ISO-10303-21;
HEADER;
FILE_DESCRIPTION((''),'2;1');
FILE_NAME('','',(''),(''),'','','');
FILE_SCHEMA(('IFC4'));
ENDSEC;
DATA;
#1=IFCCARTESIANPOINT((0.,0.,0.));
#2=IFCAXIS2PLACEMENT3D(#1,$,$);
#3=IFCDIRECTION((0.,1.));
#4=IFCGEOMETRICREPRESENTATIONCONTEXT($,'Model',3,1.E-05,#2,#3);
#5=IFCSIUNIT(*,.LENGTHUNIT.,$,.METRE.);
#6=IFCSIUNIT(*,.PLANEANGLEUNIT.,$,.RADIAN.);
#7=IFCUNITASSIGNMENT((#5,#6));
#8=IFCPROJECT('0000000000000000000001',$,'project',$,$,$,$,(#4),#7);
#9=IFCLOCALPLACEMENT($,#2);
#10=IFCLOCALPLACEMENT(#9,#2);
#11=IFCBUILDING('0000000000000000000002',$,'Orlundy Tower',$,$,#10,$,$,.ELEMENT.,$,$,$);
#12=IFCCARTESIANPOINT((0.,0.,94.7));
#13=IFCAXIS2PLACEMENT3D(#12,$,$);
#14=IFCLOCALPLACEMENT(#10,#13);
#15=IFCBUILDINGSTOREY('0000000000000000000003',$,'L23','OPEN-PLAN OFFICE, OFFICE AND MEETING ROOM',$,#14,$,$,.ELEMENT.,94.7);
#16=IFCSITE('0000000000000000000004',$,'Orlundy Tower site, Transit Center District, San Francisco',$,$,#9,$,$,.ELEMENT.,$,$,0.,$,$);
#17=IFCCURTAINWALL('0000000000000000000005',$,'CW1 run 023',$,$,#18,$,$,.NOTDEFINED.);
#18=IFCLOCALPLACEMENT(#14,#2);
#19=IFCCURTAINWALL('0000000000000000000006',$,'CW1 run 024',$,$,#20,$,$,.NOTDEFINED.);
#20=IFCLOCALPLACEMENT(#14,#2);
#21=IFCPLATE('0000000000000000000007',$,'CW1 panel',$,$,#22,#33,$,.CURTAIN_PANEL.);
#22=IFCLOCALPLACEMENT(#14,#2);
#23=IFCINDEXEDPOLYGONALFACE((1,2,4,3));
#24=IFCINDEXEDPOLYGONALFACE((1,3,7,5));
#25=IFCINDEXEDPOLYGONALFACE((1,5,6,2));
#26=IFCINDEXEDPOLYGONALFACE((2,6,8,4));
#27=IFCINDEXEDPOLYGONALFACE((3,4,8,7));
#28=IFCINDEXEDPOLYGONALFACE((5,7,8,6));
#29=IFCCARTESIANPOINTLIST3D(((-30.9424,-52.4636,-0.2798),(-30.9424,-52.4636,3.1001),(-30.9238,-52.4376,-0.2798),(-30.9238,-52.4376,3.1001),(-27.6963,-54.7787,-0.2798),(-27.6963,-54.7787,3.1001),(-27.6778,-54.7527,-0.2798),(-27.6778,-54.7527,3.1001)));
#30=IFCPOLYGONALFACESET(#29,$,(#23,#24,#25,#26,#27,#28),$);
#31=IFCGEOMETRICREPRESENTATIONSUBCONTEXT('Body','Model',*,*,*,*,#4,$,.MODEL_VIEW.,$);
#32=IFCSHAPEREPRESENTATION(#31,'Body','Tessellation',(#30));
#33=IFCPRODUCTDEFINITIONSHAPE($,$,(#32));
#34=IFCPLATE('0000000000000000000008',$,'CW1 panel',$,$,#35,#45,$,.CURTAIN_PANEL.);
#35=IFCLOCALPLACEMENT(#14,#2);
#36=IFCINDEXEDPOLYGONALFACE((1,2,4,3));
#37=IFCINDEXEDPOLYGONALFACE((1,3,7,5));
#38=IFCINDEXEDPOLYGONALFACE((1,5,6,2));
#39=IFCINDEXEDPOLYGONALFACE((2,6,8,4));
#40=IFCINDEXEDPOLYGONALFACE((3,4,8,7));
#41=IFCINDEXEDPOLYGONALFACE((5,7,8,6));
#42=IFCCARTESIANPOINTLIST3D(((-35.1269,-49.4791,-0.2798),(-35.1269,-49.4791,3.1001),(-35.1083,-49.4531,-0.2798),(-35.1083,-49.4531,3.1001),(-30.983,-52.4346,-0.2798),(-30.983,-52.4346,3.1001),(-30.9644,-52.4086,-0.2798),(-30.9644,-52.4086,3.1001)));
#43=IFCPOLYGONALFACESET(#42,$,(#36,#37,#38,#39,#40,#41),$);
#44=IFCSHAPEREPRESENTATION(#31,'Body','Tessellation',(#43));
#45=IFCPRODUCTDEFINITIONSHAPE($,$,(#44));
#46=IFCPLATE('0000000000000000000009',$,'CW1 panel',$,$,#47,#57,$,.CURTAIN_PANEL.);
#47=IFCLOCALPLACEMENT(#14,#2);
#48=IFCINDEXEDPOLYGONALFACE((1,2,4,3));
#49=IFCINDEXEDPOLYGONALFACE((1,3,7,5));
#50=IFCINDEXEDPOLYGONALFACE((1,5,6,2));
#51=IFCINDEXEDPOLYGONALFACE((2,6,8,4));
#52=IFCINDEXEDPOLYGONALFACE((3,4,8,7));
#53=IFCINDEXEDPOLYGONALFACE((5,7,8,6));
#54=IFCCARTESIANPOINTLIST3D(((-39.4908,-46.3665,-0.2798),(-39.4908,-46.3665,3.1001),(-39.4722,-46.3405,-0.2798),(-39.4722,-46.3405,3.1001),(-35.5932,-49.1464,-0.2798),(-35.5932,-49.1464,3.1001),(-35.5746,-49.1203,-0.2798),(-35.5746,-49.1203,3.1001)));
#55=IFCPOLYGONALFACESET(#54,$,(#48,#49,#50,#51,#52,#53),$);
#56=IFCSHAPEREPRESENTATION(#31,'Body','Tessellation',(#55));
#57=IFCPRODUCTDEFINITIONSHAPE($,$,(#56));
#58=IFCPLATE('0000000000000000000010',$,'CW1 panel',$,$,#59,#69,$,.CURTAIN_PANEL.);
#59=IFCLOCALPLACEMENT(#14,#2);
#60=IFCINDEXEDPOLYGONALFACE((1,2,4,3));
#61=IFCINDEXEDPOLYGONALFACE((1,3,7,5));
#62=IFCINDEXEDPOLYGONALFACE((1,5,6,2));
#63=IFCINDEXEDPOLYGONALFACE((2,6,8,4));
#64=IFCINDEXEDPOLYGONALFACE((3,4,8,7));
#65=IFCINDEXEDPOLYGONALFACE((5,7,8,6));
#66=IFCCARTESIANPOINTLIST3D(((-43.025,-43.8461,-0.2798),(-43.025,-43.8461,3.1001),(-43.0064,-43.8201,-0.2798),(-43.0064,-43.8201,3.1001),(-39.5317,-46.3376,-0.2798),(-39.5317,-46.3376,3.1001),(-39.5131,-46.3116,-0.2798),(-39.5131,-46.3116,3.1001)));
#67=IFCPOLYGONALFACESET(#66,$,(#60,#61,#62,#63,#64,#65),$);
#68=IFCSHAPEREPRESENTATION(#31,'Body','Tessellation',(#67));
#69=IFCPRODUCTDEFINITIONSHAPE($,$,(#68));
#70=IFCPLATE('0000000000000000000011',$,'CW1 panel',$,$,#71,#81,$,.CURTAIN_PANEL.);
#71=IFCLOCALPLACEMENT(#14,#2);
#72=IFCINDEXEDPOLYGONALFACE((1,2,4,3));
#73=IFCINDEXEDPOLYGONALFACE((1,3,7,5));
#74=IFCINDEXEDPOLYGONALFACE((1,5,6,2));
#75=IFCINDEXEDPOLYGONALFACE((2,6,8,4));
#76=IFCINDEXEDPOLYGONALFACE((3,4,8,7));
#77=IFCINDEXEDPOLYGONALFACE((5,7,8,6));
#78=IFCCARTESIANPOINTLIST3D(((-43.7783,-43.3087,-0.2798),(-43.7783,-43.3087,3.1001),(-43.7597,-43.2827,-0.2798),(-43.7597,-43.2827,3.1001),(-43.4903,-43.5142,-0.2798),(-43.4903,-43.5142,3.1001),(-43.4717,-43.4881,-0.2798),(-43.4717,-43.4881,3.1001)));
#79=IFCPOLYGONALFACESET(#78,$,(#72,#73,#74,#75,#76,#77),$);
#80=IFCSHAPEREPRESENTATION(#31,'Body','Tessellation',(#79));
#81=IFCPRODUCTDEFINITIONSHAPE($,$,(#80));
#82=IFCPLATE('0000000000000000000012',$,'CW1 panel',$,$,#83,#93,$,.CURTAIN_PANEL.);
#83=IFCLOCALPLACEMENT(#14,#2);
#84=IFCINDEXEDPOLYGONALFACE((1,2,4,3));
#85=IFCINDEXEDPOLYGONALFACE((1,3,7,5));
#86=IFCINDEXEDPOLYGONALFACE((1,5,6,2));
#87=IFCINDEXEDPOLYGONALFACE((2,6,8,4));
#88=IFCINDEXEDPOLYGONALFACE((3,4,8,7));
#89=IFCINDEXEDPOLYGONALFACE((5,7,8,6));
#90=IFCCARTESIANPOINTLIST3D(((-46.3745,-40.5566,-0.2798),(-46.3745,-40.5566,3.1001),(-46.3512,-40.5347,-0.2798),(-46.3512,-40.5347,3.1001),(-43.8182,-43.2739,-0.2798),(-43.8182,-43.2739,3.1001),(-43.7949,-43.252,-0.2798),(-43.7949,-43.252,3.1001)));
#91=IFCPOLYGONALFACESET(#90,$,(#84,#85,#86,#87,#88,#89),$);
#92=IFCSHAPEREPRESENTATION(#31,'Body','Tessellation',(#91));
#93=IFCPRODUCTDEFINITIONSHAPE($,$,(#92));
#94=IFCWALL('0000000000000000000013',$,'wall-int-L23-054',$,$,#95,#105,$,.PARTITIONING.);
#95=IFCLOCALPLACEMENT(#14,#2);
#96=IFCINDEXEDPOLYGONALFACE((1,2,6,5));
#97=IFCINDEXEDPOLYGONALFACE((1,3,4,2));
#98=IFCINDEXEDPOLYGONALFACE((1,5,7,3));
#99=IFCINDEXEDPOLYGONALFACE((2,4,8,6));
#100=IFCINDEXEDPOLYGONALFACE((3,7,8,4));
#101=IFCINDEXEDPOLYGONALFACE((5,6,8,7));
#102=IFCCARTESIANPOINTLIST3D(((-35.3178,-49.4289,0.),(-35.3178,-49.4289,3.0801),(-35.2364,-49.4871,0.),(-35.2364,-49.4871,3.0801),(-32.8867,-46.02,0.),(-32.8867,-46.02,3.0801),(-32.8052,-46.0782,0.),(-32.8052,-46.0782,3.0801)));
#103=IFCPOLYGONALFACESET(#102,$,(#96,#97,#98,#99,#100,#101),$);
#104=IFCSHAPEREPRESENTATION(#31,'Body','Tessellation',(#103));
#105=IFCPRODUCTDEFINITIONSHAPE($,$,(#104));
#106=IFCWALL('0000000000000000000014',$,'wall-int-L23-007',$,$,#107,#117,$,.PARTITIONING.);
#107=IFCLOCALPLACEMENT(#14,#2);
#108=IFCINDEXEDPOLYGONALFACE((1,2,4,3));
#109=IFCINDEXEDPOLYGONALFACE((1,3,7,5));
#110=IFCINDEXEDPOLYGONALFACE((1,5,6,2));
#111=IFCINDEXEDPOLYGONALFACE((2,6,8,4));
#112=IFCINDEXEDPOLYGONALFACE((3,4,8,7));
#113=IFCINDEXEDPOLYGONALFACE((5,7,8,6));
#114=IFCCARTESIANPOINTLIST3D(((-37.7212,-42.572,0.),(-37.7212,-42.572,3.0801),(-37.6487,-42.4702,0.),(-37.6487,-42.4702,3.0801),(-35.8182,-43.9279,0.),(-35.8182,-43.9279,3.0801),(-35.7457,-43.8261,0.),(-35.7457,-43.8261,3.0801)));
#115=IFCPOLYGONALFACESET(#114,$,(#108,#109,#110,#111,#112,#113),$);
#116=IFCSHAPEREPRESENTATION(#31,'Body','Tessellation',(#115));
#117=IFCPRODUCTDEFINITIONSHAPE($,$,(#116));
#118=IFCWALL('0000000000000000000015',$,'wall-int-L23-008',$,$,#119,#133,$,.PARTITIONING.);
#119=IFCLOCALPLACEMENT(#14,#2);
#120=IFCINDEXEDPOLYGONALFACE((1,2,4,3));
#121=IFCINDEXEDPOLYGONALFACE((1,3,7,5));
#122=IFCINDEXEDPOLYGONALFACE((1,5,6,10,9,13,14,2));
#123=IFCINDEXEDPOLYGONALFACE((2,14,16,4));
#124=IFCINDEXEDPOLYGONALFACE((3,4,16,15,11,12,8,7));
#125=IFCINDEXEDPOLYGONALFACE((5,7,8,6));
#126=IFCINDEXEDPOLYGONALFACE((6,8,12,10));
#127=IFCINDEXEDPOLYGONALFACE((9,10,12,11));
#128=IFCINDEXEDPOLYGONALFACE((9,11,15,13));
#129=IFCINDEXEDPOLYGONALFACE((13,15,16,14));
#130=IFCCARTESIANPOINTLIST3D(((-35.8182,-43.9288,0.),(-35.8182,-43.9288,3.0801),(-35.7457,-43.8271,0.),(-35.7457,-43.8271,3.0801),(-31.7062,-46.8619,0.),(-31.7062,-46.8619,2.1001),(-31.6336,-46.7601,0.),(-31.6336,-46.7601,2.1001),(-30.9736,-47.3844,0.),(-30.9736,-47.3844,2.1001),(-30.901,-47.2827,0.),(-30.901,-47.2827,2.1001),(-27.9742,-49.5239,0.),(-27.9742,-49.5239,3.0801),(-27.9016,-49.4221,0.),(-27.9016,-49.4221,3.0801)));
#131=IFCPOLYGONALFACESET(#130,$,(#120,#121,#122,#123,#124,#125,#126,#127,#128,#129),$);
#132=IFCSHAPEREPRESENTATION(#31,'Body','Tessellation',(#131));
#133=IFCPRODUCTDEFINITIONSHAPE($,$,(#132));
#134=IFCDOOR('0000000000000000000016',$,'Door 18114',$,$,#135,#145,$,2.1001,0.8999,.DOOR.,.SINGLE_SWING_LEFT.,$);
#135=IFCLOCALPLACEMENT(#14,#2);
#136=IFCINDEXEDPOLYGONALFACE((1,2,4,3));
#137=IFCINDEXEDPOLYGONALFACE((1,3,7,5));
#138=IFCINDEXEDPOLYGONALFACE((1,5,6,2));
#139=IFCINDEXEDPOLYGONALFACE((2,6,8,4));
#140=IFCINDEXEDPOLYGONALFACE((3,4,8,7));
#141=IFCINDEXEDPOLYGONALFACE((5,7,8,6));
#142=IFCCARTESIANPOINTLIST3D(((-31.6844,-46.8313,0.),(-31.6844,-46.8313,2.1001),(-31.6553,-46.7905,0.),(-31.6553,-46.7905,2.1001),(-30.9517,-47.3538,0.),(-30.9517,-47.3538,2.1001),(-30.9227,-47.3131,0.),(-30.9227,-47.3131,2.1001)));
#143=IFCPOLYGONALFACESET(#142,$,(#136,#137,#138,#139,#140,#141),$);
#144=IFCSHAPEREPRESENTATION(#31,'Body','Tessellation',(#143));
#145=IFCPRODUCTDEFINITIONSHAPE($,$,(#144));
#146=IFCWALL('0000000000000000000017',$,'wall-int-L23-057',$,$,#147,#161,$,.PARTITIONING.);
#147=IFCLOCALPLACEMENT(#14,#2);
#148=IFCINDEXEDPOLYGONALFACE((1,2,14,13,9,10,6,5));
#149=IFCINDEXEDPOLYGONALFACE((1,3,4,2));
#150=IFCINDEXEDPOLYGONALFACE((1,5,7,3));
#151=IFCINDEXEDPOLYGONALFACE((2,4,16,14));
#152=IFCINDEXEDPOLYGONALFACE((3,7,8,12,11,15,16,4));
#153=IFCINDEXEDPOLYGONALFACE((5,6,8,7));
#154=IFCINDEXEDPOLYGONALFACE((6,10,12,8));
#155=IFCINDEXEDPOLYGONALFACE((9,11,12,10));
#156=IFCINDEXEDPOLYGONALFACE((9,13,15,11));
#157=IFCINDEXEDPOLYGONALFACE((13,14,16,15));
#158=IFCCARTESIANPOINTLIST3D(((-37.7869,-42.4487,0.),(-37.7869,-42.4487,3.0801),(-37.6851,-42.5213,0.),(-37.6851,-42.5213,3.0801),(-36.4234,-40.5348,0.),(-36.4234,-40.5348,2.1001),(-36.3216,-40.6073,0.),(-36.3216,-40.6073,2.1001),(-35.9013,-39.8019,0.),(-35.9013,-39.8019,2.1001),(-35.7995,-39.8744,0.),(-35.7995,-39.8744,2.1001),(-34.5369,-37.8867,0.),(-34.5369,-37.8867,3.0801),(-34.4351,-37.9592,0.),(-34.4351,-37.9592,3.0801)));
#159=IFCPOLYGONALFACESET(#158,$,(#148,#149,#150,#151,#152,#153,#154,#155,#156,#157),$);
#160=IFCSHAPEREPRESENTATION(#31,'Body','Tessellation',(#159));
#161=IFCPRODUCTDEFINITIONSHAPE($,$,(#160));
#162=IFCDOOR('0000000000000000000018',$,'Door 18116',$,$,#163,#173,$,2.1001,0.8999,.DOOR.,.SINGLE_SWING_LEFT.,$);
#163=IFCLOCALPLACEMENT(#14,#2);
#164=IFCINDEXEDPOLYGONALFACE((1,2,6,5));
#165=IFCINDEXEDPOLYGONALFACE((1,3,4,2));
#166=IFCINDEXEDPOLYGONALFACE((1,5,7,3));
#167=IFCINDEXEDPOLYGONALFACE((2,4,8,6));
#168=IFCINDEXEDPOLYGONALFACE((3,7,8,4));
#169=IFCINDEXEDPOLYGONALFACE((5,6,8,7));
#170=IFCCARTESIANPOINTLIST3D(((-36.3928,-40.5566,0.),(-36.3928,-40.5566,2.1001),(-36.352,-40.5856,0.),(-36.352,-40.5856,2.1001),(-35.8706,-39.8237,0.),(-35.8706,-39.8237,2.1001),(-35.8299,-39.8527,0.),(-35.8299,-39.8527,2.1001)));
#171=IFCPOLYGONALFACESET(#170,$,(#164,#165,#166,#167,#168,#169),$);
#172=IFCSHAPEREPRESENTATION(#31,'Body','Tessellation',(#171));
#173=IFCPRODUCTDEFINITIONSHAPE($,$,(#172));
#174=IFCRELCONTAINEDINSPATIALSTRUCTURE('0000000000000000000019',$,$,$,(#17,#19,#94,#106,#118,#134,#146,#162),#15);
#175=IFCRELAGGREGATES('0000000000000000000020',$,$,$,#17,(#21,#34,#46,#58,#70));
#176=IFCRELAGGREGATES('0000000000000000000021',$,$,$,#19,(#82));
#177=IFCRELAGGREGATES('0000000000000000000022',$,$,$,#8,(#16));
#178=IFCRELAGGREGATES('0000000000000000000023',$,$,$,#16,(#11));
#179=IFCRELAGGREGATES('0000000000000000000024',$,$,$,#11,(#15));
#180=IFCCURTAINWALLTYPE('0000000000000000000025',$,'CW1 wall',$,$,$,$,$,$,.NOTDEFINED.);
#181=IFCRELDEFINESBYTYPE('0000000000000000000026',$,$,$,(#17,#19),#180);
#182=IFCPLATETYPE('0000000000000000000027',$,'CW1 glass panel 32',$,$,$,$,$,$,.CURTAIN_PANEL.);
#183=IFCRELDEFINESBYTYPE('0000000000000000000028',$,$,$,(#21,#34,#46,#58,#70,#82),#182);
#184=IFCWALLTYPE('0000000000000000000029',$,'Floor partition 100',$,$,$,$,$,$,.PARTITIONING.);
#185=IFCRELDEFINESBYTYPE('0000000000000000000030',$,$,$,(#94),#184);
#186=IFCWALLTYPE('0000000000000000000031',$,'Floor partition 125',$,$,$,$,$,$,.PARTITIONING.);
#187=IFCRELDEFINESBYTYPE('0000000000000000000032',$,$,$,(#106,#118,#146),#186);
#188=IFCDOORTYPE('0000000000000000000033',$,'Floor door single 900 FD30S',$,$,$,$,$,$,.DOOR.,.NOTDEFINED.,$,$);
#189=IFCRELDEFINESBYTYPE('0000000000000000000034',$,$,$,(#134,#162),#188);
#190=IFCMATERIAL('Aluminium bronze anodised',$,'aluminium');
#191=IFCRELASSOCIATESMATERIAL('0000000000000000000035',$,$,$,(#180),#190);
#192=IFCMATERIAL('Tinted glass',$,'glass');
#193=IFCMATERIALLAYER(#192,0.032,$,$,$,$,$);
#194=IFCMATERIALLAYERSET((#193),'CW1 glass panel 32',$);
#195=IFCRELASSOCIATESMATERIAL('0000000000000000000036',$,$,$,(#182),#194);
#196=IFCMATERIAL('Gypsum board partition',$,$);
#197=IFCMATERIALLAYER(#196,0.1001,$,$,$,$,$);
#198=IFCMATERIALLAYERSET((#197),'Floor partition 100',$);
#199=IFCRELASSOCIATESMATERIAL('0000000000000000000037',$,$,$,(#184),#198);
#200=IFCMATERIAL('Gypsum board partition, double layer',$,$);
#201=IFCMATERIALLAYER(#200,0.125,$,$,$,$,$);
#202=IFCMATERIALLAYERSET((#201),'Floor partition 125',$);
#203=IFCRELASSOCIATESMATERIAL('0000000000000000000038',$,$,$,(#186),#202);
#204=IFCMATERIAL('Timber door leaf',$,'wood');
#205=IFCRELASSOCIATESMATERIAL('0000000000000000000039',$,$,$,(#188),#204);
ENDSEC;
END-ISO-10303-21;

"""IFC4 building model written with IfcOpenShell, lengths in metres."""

from ifc_helpers import new_model, si_unit, direction, frame, frame_2d, origin, origin_2d, place, context, subcontext, project, spatial, rectangle, extrude, material, layer, layer_set, type_object, element, fill, aggregate, save


model = new_model("IFC4")

# Units and contexts
model_context = context("Model", 3, precision=1e-05, world=origin(), true_north=direction((0.0, 1.0)))
body_context = subcontext(model_context, "Body", "Model", "MODEL_VIEW")
ifc_project = project(units=[si_unit("LENGTHUNIT", "METRE"), si_unit("PLANEANGLEUNIT", "RADIAN")], contexts=[model_context])

# Site, building, storey
site_placement = place(None, origin())
site = spatial("IfcSite", under=ifc_project, at=site_placement, Name="Orlundy Tower site, Transit Center District, San Francisco", CompositionType="ELEMENT", RefElevation=0.0)
building_placement = place(site_placement, origin())
building = spatial("IfcBuilding", under=site, at=building_placement, Name="Orlundy Tower", CompositionType="ELEMENT")
storey_placement = place(building_placement, frame((0.0, 0.0, 94.7)))
storey = spatial("IfcBuildingStorey", under=building, at=storey_placement, Name="L23", Description="OPEN-PLAN OFFICE, OFFICE AND MEETING ROOM", CompositionType="ELEMENT", Elevation=94.7)

# Shared definitions
ifc_material_1 = material(Name="Aluminium bronze anodised", Category="aluminium")
curtain_wall_type = type_object("IfcCurtainWallType", Name="CW1 wall", PredefinedType="NOTDEFINED", material=ifc_material_1)

# Curtain wall
curtain_wall_1_placement = place(storey_placement, origin())
curtain_wall_1 = element("IfcCurtainWall", 1, at=curtain_wall_1_placement, inside=storey, type_object=curtain_wall_type, Name="CW1 run 023", PredefinedType="NOTDEFINED")

# Curtain wall
curtain_wall_2_placement = place(storey_placement, origin())
curtain_wall_2 = element("IfcCurtainWall", 2, at=curtain_wall_2_placement, inside=storey, type_object=curtain_wall_type, Name="CW1 run 024", PredefinedType="NOTDEFINED")

# Plates
ifc_material_2 = material(Name="Tinted glass", Category="glass")
ifc_layer_1 = layer(ifc_material_2, 0.032)
ifc_layer_set_1 = layer_set([ifc_layer_1], Name="CW1 glass panel 32")
plate_type = type_object("IfcPlateType", Name="CW1 glass panel 32", PredefinedType="CURTAIN_PANEL", material=ifc_layer_set_1)
plate_1_placement = place(storey_placement, frame((-29.3101, -53.6082, -0.2798), z_axis=(0.0, 0.0, 1.0), x_axis=(-0.814142, 0.580666, 0.0)))
plate_1 = element("IfcPlate", 3, at=plate_1_placement, type_object=plate_type, Name="CW1 panel", PredefinedType="CURTAIN_PANEL", context=body_context, shape_type="SweptSolid", body=[
    extrude(rectangle(XDim=3.9871, YDim=0.032, at=origin_2d()), origin(), (0.0, 0.0, 1.0), 3.3799),
])
plate_2_placement = place(storey_placement, frame((-33.0457, -50.9438, -0.2798), z_axis=(0.0, 0.0, 1.0), x_axis=(-0.814142, 0.580666, 0.0)))
plate_2 = element("IfcPlate", 4, at=plate_2_placement, type_object=plate_type, Name="CW1 panel", PredefinedType="CURTAIN_PANEL", context=body_context, shape_type="SweptSolid", body=[
    extrude(rectangle(XDim=5.0898, YDim=0.032, at=origin_2d()), origin(), (0.0, 0.0, 1.0), 3.3799),
])
plate_3_placement = place(storey_placement, frame((-37.5327, -47.7434, -0.2798), z_axis=(0.0, 0.0, 1.0), x_axis=(-0.814142, 0.580666, 0.0)))
plate_3 = element("IfcPlate", 5, at=plate_3_placement, type_object=plate_type, Name="CW1 panel", PredefinedType="CURTAIN_PANEL", context=body_context, shape_type="SweptSolid", body=[
    extrude(rectangle(XDim=4.7874, YDim=0.032, at=origin_2d()), origin(), (0.0, 0.0, 1.0), 3.3799),
])
plate_4_placement = place(storey_placement, frame((-41.269, -45.0789, -0.2798), z_axis=(0.0, 0.0, 1.0), x_axis=(-0.814142, 0.580666, 0.0)))
plate_4 = element("IfcPlate", 6, at=plate_4_placement, type_object=plate_type, Name="CW1 panel", PredefinedType="CURTAIN_PANEL", context=body_context, shape_type="SweptSolid", body=[
    extrude(rectangle(XDim=4.2908, YDim=0.032, at=origin_2d()), origin(), (0.0, 0.0, 1.0), 3.3799),
])
plate_5_placement = place(storey_placement, frame((-43.625, -43.3984, -0.2798), z_axis=(0.0, 0.0, 1.0), x_axis=(-0.814142, 0.580666, 0.0)))
plate_5 = element("IfcPlate", 7, at=plate_5_placement, type_object=plate_type, Name="CW1 panel", PredefinedType="CURTAIN_PANEL", context=body_context, shape_type="SweptSolid", body=[
    extrude(rectangle(XDim=0.3538, YDim=0.032, at=origin_2d()), origin(), (0.0, 0.0, 1.0), 3.3799),
])
aggregate(curtain_wall_1, [plate_1, plate_2, plate_3, plate_4, plate_5])
plate_6_placement = place(storey_placement, frame((-45.0847, -41.9043, -0.2798), z_axis=(0.0, 0.0, 1.0), x_axis=(-0.685196, 0.728358, 0.0)))
plate_6 = element("IfcPlate", 8, at=plate_6_placement, type_object=plate_type, Name="CW1 panel", PredefinedType="CURTAIN_PANEL", context=body_context, shape_type="SweptSolid", body=[
    extrude(rectangle(XDim=3.7307, YDim=0.032, at=origin_2d()), origin(), (0.0, 0.0, 1.0), 3.3799),
])
aggregate(curtain_wall_2, [plate_6])

# Walls
ifc_material_3 = material(Name="Gypsum board partition")
ifc_layer_2 = layer(ifc_material_3, 0.1001)
ifc_layer_set_2 = layer_set([ifc_layer_2], Name="Floor partition 100")
wall_type_1 = type_object("IfcWallType", Name="Floor partition 100", PredefinedType="PARTITIONING", material=ifc_layer_set_2)
wall_1_placement = place(storey_placement, frame((-35.2771, -49.458, 0.0), z_axis=(0.0, 0.0, 1.0), x_axis=(0.580637, 0.814163, 0.0)))
element("IfcWall", 9, at=wall_1_placement, inside=storey, type_object=wall_type_1, Name="wall-int-L23-054", PredefinedType="PARTITIONING", context=body_context, shape_type="SweptSolid", body=[
    extrude(rectangle(XDim=4.187, YDim=0.1001, at=frame_2d((2.0935, 0.0))), origin(), (0.0, 0.0, 1.0), 3.0801),
])
ifc_material_4 = material(Name="Gypsum board partition, double layer")
ifc_layer_3 = layer(ifc_material_4, 0.125)
ifc_layer_set_3 = layer_set([ifc_layer_3], Name="Floor partition 125")
wall_type_2 = type_object("IfcWallType", Name="Floor partition 125", PredefinedType="PARTITIONING", material=ifc_layer_set_3)
wall_2_placement = place(storey_placement, frame((-37.6851, -42.521, 0.0), z_axis=(0.0, 0.0, 1.0), x_axis=(0.814418, -0.580279, 0.0)))
element("IfcWall", 10, at=wall_2_placement, inside=storey, type_object=wall_type_2, Name="wall-int-L23-007", PredefinedType="PARTITIONING", context=body_context, shape_type="SweptSolid", body=[
    extrude(rectangle(XDim=2.3367, YDim=0.125, at=frame_2d((1.1685, 0.0))), origin(), (0.0, 0.0, 1.0), 3.0801),
])

# Walls, openings, doors
wall_3_placement = place(storey_placement, frame((-27.938, -49.4729, 0.0), z_axis=(0.0, 0.0, 1.0), x_axis=(-0.81412, 0.580696, 0.0)))
wall_3 = element("IfcWall", 11, at=wall_3_placement, inside=storey, type_object=wall_type_2, Name="wall-int-L23-008", PredefinedType="PARTITIONING", context=body_context, shape_type="SweptSolid", body=[
    extrude(rectangle(XDim=9.635, YDim=0.125, at=frame_2d((4.8174, 0.0))), origin(), (0.0, 0.0, 1.0), 3.0801),
])
opening_1_placement = place(wall_3_placement, frame((3.6841, 0.0, 0.0)))
opening_1 = element("IfcOpeningElement", 12, at=opening_1_placement, cuts=wall_3, PredefinedType="OPENING", context=body_context, shape_type="SweptSolid", body=[
    extrude(rectangle(XDim=0.8999, YDim=2.1001, at=frame_2d((0.45, 1.05))), frame((0.0, 0.0725, 0.0), z_axis=(0.0, -1.0, 0.0), x_axis=(1.0, 0.0, 0.0)), (0.0, 0.0, 1.0), 0.145),
])
ifc_material_5 = material(Name="Timber door leaf", Category="wood")
door_type_1 = type_object("IfcDoorType", Name="Floor door single 900 FD30S", OperationType="NOTDEFINED", PredefinedType="DOOR", material=ifc_material_5)
door_1_placement = place(opening_1_placement, origin())
door_1 = element("IfcDoor", 13, at=door_1_placement, inside=storey, type_object=door_type_1, Name="Door 18114", OperationType="SINGLE_SWING_LEFT", OverallHeight=2.1001, OverallWidth=0.8999, PredefinedType="DOOR", context=body_context, shape_type="SweptSolid", body=[
    extrude(rectangle(XDim=0.8999, YDim=2.1001, at=frame_2d((0.45, 1.05))), frame((0.0, 0.0249, 0.0), z_axis=(0.0, -1.0, 0.0), x_axis=(1.0, 0.0, 0.0)), (0.0, 0.0, 1.0), 0.05),
])
fill(opening_1, door_1)
wall_4_placement = place(storey_placement, frame((-37.7361, -42.4851, 0.0), z_axis=(0.0, 0.0, 1.0), x_axis=(0.580223, 0.814457, 0.0)))
wall_4 = element("IfcWall", 14, at=wall_4_placement, inside=storey, type_object=wall_type_2, Name="wall-int-L23-057", PredefinedType="PARTITIONING", context=body_context, shape_type="SweptSolid", body=[
    extrude(rectangle(XDim=5.6013, YDim=0.125, at=frame_2d((2.8008, 0.0))), origin(), (0.0, 0.0, 1.0), 3.0801),
])
opening_2_placement = place(wall_4_placement, frame((2.3501, 0.0, 0.0)))
opening_2 = element("IfcOpeningElement", 15, at=opening_2_placement, cuts=wall_4, PredefinedType="OPENING", context=body_context, shape_type="SweptSolid", body=[
    extrude(rectangle(XDim=0.8999, YDim=2.1001, at=frame_2d((0.45, 1.05))), frame((0.0, 0.0725, 0.0), z_axis=(0.0, -1.0, 0.0), x_axis=(1.0, 0.0, 0.0)), (0.0, 0.0, 1.0), 0.145),
])
door_2_placement = place(opening_2_placement, origin())
door_2 = element("IfcDoor", 16, at=door_2_placement, inside=storey, type_object=door_type_1, Name="Door 18116", OperationType="SINGLE_SWING_LEFT", OverallHeight=2.1001, OverallWidth=0.8999, PredefinedType="DOOR", context=body_context, shape_type="SweptSolid", body=[
    extrude(rectangle(XDim=0.8999, YDim=2.1001, at=frame_2d((0.45, 1.05))), frame((0.0, 0.0249, 0.0), z_axis=(0.0, -1.0, 0.0), x_axis=(1.0, 0.0, 0.0)), (0.0, 0.0, 1.0), 0.05),
])
fill(opening_2, door_2)

save(model, "model.ifc")
